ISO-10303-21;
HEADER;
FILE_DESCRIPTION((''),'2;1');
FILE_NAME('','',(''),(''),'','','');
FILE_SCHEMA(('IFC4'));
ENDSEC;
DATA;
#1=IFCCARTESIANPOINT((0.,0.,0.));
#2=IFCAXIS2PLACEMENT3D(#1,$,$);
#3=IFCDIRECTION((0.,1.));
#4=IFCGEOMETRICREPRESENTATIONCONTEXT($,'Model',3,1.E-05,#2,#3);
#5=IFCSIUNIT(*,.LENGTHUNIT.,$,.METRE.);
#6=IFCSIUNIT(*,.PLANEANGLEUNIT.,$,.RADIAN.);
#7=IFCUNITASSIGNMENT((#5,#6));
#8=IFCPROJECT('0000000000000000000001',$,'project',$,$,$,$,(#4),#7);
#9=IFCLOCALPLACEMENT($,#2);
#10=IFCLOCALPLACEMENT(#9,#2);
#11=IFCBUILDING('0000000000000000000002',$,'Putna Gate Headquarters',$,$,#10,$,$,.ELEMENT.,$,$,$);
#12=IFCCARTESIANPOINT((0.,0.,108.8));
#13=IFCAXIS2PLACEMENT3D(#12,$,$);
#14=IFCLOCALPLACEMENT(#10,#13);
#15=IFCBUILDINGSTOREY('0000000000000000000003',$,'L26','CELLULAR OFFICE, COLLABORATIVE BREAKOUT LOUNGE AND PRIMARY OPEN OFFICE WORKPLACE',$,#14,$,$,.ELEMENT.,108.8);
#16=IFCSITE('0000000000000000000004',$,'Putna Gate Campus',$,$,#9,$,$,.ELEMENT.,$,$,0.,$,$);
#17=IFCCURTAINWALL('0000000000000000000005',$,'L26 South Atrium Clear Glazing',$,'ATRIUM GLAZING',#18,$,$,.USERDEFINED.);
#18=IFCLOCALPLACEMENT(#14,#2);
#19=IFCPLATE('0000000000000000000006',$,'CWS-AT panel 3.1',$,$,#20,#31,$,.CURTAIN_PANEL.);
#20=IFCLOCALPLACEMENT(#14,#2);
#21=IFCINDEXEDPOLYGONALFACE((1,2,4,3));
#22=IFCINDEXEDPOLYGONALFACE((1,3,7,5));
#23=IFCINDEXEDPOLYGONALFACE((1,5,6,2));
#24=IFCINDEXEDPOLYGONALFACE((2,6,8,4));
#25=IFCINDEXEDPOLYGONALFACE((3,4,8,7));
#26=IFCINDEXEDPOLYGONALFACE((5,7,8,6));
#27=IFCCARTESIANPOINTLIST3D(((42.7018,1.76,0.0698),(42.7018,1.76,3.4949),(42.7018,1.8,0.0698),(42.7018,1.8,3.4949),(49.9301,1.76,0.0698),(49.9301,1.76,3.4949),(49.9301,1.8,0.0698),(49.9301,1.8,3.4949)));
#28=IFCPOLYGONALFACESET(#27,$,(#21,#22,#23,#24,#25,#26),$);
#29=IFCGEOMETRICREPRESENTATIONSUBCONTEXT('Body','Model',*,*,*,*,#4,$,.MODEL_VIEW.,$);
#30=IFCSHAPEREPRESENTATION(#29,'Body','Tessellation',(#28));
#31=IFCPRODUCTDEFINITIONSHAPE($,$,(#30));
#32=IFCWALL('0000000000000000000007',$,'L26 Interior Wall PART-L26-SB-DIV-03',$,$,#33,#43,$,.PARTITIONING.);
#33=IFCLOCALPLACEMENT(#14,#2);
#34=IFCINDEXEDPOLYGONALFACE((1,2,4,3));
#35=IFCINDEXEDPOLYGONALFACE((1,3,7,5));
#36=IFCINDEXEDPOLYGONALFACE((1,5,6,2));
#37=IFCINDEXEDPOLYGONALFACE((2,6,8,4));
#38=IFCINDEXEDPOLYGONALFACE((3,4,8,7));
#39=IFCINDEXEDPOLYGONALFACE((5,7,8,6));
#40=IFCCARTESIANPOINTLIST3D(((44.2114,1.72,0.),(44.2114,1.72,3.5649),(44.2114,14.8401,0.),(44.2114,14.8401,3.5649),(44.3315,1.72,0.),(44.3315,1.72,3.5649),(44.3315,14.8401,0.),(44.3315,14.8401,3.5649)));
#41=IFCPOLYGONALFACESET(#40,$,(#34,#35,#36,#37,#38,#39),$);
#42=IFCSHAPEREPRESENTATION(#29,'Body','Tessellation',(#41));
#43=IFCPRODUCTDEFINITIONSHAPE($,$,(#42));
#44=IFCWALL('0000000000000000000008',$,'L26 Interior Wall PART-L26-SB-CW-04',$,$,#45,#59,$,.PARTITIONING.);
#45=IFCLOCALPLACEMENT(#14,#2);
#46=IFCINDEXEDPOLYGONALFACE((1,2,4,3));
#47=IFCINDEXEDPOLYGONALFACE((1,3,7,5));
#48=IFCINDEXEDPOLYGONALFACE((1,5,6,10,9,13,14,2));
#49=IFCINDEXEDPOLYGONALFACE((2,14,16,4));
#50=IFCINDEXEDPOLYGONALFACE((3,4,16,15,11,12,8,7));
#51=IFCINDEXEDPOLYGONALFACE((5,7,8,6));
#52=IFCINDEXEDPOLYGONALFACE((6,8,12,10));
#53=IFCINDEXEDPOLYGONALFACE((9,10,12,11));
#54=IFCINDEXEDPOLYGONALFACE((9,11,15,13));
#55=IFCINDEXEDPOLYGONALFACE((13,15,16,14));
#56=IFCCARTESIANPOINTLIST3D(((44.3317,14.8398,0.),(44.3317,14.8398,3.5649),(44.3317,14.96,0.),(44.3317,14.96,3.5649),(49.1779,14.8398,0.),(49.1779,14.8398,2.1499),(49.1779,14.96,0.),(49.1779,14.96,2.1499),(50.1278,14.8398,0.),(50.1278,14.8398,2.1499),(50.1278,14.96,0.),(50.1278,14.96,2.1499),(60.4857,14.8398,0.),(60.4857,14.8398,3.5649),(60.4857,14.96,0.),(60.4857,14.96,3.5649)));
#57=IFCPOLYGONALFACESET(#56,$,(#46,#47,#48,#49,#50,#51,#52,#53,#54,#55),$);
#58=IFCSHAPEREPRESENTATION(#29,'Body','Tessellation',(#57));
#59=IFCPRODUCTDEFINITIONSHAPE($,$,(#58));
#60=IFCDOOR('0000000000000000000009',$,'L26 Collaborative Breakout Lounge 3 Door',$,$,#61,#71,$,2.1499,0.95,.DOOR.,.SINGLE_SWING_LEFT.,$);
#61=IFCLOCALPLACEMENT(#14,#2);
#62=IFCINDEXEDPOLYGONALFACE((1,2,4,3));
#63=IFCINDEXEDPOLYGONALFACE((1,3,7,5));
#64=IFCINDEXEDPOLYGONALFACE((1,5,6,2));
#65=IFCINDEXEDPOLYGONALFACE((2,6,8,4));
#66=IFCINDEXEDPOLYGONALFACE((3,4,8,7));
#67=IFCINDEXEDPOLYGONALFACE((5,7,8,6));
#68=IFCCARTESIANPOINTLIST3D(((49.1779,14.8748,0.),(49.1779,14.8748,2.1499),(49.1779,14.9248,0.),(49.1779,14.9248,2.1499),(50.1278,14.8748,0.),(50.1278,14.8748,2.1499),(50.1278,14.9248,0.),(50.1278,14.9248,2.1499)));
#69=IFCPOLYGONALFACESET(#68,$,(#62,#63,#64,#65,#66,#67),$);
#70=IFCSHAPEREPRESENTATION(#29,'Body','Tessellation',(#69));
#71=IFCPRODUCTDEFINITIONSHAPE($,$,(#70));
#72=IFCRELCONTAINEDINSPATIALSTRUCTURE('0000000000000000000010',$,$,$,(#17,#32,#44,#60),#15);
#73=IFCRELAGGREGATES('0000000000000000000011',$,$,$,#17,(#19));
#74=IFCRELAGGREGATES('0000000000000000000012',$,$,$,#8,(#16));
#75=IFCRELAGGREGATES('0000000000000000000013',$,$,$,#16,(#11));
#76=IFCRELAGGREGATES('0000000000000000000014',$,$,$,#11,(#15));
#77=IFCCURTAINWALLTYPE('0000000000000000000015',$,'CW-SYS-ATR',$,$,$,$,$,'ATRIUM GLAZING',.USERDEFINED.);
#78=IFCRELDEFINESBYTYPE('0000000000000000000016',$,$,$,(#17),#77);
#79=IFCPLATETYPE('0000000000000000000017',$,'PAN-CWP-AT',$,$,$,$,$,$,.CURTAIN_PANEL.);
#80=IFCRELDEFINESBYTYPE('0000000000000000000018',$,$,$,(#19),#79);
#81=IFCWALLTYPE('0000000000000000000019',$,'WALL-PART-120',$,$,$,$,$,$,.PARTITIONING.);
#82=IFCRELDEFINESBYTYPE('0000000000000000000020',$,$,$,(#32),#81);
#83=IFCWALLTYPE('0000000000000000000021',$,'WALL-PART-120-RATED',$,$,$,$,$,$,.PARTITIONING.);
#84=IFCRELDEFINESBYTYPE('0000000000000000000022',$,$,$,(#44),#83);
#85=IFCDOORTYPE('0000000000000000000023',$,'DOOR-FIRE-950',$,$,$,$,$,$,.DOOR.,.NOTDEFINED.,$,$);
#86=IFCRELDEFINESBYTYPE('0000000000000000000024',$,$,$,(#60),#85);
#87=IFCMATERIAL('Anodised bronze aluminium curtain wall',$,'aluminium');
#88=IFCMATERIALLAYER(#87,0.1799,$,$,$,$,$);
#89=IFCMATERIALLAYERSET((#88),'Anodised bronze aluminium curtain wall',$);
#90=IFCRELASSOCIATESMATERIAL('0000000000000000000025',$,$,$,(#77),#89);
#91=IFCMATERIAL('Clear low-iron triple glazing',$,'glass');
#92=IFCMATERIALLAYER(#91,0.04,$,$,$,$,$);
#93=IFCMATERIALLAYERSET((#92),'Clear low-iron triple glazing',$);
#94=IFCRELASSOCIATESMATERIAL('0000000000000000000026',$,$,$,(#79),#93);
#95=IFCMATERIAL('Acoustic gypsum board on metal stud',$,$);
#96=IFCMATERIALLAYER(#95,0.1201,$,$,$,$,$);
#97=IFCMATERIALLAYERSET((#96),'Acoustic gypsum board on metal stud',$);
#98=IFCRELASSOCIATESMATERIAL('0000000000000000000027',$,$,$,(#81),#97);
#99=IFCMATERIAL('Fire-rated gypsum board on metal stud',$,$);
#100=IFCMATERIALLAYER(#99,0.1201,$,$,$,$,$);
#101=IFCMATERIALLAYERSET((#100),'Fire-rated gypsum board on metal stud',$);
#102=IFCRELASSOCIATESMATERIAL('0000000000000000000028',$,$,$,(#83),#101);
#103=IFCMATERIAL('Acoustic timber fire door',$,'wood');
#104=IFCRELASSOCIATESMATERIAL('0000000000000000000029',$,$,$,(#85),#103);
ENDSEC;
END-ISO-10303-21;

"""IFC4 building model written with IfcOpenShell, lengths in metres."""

from ifc_helpers import new_model, si_unit, direction, frame, frame_2d, origin, origin_2d, place, context, subcontext, project, spatial, rectangle, extrude, material, layer, layer_set, type_object, element, fill, aggregate, save


model = new_model("IFC4")

# Units and contexts
model_context = context("Model", 3, precision=1e-05, world=origin(), true_north=direction((0.0, 1.0)))
body_context = subcontext(model_context, "Body", "Model", "MODEL_VIEW")
ifc_project = project(units=[si_unit("LENGTHUNIT", "METRE"), si_unit("PLANEANGLEUNIT", "RADIAN")], contexts=[model_context])

# Site, building, storey
site_placement = place(None, origin())
site = spatial("IfcSite", under=ifc_project, at=site_placement, Name="Putna Gate Campus", CompositionType="ELEMENT", RefElevation=0.0)
building_placement = place(site_placement, origin())
building = spatial("IfcBuilding", under=site, at=building_placement, Name="Putna Gate Headquarters", CompositionType="ELEMENT")
storey_placement = place(building_placement, frame((0.0, 0.0, 108.8)))
storey = spatial("IfcBuildingStorey", under=building, at=storey_placement, Name="L26", Description="CELLULAR OFFICE, COLLABORATIVE BREAKOUT LOUNGE AND PRIMARY OPEN OFFICE WORKPLACE", CompositionType="ELEMENT", Elevation=108.8)

# Curtain wall, plate
ifc_material_1 = material(Name="Anodised bronze aluminium curtain wall", Category="aluminium")
ifc_layer_1 = layer(ifc_material_1, 0.1799)
ifc_layer_set_1 = layer_set([ifc_layer_1], Name="Anodised bronze aluminium curtain wall")
curtain_wall_type = type_object("IfcCurtainWallType", Name="CW-SYS-ATR", ElementType="ATRIUM GLAZING", PredefinedType="USERDEFINED", material=ifc_layer_set_1)
curtain_wall_placement = place(storey_placement, origin())
curtain_wall = element("IfcCurtainWall", 1, at=curtain_wall_placement, inside=storey, type_object=curtain_wall_type, Name="L26 South Atrium Clear Glazing", ObjectType="ATRIUM GLAZING", PredefinedType="USERDEFINED")
ifc_material_2 = material(Name="Clear low-iron triple glazing", Category="glass")
ifc_layer_2 = layer(ifc_material_2, 0.04)
ifc_layer_set_2 = layer_set([ifc_layer_2], Name="Clear low-iron triple glazing")
plate_type = type_object("IfcPlateType", Name="PAN-CWP-AT", PredefinedType="CURTAIN_PANEL", material=ifc_layer_set_2)
plate_1_placement = place(storey_placement, frame((46.3159, 1.78, 0.0698), z_axis=(0.0, 0.0, 1.0), x_axis=(1.0, 0.0, 0.0)))
plate_1 = element("IfcPlate", 2, at=plate_1_placement, type_object=plate_type, Name="CWS-AT panel 3.1", PredefinedType="CURTAIN_PANEL", context=body_context, shape_type="SweptSolid", body=[
    extrude(rectangle(XDim=7.2283, YDim=0.04, at=origin_2d()), origin(), (0.0, 0.0, 1.0), 3.425),
])
aggregate(curtain_wall, [plate_1])

# Wall
ifc_material_3 = material(Name="Acoustic gypsum board on metal stud")
ifc_layer_3 = layer(ifc_material_3, 0.1201)
ifc_layer_set_3 = layer_set([ifc_layer_3], Name="Acoustic gypsum board on metal stud")
wall_type_1 = type_object("IfcWallType", Name="WALL-PART-120", PredefinedType="PARTITIONING", material=ifc_layer_set_3)
wall_1_placement = place(storey_placement, frame((44.2715, 1.72, 0.0), z_axis=(0.0, 0.0, 1.0), x_axis=(0.0, 1.0, 0.0)))
element("IfcWall", 3, at=wall_1_placement, inside=storey, type_object=wall_type_1, Name="L26 Interior Wall PART-L26-SB-DIV-03", PredefinedType="PARTITIONING", context=body_context, shape_type="SweptSolid", body=[
    extrude(rectangle(XDim=13.1201, YDim=0.1201, at=frame_2d((6.5601, 0.0))), origin(), (0.0, 0.0, 1.0), 3.5649),
])

# Wall, opening, door
ifc_material_4 = material(Name="Fire-rated gypsum board on metal stud")
ifc_layer_4 = layer(ifc_material_4, 0.1201)
ifc_layer_set_4 = layer_set([ifc_layer_4], Name="Fire-rated gypsum board on metal stud")
wall_type_2 = type_object("IfcWallType", Name="WALL-PART-120-RATED", PredefinedType="PARTITIONING", material=ifc_layer_set_4)
wall_2_placement = place(storey_placement, frame((44.3315, 14.8999, 0.0), z_axis=(0.0, 0.0, 1.0), x_axis=(1.0, 0.0, 0.0)))
wall_2 = element("IfcWall", 4, at=wall_2_placement, inside=storey, type_object=wall_type_2, Name="L26 Interior Wall PART-L26-SB-CW-04", PredefinedType="PARTITIONING", context=body_context, shape_type="SweptSolid", body=[
    extrude(rectangle(XDim=16.1541, YDim=0.1201, at=frame_2d((8.0771, 0.0))), origin(), (0.0, 0.0, 1.0), 3.5649),
])
opening_placement = place(wall_2_placement, frame((4.8462, 0.0, 0.0)))
opening = element("IfcOpeningElement", 5, at=opening_placement, cuts=wall_2, PredefinedType="OPENING", context=body_context, shape_type="SweptSolid", body=[
    extrude(rectangle(XDim=0.95, YDim=2.1499, at=frame_2d((0.4751, 1.075))), frame((0.0, 0.0701, 0.0), z_axis=(0.0, -1.0, 0.0), x_axis=(1.0, 0.0, 0.0)), (0.0, 0.0, 1.0), 0.1401),
])
ifc_material_5 = material(Name="Acoustic timber fire door", Category="wood")
door_type = type_object("IfcDoorType", Name="DOOR-FIRE-950", OperationType="NOTDEFINED", PredefinedType="DOOR", material=ifc_material_5)
door_placement = place(opening_placement, origin())
door = element("IfcDoor", 6, at=door_placement, inside=storey, type_object=door_type, Name="L26 Collaborative Breakout Lounge 3 Door", OperationType="SINGLE_SWING_LEFT", OverallHeight=2.1499, OverallWidth=0.95, PredefinedType="DOOR", context=body_context, shape_type="SweptSolid", body=[
    extrude(rectangle(XDim=0.95, YDim=2.1499, at=frame_2d((0.4751, 1.075))), frame((0.0, 0.0249, 0.0), z_axis=(0.0, -1.0, 0.0), x_axis=(1.0, 0.0, 0.0)), (0.0, 0.0, 1.0), 0.05),
])
fill(opening, door)

save(model, "model.ifc")
